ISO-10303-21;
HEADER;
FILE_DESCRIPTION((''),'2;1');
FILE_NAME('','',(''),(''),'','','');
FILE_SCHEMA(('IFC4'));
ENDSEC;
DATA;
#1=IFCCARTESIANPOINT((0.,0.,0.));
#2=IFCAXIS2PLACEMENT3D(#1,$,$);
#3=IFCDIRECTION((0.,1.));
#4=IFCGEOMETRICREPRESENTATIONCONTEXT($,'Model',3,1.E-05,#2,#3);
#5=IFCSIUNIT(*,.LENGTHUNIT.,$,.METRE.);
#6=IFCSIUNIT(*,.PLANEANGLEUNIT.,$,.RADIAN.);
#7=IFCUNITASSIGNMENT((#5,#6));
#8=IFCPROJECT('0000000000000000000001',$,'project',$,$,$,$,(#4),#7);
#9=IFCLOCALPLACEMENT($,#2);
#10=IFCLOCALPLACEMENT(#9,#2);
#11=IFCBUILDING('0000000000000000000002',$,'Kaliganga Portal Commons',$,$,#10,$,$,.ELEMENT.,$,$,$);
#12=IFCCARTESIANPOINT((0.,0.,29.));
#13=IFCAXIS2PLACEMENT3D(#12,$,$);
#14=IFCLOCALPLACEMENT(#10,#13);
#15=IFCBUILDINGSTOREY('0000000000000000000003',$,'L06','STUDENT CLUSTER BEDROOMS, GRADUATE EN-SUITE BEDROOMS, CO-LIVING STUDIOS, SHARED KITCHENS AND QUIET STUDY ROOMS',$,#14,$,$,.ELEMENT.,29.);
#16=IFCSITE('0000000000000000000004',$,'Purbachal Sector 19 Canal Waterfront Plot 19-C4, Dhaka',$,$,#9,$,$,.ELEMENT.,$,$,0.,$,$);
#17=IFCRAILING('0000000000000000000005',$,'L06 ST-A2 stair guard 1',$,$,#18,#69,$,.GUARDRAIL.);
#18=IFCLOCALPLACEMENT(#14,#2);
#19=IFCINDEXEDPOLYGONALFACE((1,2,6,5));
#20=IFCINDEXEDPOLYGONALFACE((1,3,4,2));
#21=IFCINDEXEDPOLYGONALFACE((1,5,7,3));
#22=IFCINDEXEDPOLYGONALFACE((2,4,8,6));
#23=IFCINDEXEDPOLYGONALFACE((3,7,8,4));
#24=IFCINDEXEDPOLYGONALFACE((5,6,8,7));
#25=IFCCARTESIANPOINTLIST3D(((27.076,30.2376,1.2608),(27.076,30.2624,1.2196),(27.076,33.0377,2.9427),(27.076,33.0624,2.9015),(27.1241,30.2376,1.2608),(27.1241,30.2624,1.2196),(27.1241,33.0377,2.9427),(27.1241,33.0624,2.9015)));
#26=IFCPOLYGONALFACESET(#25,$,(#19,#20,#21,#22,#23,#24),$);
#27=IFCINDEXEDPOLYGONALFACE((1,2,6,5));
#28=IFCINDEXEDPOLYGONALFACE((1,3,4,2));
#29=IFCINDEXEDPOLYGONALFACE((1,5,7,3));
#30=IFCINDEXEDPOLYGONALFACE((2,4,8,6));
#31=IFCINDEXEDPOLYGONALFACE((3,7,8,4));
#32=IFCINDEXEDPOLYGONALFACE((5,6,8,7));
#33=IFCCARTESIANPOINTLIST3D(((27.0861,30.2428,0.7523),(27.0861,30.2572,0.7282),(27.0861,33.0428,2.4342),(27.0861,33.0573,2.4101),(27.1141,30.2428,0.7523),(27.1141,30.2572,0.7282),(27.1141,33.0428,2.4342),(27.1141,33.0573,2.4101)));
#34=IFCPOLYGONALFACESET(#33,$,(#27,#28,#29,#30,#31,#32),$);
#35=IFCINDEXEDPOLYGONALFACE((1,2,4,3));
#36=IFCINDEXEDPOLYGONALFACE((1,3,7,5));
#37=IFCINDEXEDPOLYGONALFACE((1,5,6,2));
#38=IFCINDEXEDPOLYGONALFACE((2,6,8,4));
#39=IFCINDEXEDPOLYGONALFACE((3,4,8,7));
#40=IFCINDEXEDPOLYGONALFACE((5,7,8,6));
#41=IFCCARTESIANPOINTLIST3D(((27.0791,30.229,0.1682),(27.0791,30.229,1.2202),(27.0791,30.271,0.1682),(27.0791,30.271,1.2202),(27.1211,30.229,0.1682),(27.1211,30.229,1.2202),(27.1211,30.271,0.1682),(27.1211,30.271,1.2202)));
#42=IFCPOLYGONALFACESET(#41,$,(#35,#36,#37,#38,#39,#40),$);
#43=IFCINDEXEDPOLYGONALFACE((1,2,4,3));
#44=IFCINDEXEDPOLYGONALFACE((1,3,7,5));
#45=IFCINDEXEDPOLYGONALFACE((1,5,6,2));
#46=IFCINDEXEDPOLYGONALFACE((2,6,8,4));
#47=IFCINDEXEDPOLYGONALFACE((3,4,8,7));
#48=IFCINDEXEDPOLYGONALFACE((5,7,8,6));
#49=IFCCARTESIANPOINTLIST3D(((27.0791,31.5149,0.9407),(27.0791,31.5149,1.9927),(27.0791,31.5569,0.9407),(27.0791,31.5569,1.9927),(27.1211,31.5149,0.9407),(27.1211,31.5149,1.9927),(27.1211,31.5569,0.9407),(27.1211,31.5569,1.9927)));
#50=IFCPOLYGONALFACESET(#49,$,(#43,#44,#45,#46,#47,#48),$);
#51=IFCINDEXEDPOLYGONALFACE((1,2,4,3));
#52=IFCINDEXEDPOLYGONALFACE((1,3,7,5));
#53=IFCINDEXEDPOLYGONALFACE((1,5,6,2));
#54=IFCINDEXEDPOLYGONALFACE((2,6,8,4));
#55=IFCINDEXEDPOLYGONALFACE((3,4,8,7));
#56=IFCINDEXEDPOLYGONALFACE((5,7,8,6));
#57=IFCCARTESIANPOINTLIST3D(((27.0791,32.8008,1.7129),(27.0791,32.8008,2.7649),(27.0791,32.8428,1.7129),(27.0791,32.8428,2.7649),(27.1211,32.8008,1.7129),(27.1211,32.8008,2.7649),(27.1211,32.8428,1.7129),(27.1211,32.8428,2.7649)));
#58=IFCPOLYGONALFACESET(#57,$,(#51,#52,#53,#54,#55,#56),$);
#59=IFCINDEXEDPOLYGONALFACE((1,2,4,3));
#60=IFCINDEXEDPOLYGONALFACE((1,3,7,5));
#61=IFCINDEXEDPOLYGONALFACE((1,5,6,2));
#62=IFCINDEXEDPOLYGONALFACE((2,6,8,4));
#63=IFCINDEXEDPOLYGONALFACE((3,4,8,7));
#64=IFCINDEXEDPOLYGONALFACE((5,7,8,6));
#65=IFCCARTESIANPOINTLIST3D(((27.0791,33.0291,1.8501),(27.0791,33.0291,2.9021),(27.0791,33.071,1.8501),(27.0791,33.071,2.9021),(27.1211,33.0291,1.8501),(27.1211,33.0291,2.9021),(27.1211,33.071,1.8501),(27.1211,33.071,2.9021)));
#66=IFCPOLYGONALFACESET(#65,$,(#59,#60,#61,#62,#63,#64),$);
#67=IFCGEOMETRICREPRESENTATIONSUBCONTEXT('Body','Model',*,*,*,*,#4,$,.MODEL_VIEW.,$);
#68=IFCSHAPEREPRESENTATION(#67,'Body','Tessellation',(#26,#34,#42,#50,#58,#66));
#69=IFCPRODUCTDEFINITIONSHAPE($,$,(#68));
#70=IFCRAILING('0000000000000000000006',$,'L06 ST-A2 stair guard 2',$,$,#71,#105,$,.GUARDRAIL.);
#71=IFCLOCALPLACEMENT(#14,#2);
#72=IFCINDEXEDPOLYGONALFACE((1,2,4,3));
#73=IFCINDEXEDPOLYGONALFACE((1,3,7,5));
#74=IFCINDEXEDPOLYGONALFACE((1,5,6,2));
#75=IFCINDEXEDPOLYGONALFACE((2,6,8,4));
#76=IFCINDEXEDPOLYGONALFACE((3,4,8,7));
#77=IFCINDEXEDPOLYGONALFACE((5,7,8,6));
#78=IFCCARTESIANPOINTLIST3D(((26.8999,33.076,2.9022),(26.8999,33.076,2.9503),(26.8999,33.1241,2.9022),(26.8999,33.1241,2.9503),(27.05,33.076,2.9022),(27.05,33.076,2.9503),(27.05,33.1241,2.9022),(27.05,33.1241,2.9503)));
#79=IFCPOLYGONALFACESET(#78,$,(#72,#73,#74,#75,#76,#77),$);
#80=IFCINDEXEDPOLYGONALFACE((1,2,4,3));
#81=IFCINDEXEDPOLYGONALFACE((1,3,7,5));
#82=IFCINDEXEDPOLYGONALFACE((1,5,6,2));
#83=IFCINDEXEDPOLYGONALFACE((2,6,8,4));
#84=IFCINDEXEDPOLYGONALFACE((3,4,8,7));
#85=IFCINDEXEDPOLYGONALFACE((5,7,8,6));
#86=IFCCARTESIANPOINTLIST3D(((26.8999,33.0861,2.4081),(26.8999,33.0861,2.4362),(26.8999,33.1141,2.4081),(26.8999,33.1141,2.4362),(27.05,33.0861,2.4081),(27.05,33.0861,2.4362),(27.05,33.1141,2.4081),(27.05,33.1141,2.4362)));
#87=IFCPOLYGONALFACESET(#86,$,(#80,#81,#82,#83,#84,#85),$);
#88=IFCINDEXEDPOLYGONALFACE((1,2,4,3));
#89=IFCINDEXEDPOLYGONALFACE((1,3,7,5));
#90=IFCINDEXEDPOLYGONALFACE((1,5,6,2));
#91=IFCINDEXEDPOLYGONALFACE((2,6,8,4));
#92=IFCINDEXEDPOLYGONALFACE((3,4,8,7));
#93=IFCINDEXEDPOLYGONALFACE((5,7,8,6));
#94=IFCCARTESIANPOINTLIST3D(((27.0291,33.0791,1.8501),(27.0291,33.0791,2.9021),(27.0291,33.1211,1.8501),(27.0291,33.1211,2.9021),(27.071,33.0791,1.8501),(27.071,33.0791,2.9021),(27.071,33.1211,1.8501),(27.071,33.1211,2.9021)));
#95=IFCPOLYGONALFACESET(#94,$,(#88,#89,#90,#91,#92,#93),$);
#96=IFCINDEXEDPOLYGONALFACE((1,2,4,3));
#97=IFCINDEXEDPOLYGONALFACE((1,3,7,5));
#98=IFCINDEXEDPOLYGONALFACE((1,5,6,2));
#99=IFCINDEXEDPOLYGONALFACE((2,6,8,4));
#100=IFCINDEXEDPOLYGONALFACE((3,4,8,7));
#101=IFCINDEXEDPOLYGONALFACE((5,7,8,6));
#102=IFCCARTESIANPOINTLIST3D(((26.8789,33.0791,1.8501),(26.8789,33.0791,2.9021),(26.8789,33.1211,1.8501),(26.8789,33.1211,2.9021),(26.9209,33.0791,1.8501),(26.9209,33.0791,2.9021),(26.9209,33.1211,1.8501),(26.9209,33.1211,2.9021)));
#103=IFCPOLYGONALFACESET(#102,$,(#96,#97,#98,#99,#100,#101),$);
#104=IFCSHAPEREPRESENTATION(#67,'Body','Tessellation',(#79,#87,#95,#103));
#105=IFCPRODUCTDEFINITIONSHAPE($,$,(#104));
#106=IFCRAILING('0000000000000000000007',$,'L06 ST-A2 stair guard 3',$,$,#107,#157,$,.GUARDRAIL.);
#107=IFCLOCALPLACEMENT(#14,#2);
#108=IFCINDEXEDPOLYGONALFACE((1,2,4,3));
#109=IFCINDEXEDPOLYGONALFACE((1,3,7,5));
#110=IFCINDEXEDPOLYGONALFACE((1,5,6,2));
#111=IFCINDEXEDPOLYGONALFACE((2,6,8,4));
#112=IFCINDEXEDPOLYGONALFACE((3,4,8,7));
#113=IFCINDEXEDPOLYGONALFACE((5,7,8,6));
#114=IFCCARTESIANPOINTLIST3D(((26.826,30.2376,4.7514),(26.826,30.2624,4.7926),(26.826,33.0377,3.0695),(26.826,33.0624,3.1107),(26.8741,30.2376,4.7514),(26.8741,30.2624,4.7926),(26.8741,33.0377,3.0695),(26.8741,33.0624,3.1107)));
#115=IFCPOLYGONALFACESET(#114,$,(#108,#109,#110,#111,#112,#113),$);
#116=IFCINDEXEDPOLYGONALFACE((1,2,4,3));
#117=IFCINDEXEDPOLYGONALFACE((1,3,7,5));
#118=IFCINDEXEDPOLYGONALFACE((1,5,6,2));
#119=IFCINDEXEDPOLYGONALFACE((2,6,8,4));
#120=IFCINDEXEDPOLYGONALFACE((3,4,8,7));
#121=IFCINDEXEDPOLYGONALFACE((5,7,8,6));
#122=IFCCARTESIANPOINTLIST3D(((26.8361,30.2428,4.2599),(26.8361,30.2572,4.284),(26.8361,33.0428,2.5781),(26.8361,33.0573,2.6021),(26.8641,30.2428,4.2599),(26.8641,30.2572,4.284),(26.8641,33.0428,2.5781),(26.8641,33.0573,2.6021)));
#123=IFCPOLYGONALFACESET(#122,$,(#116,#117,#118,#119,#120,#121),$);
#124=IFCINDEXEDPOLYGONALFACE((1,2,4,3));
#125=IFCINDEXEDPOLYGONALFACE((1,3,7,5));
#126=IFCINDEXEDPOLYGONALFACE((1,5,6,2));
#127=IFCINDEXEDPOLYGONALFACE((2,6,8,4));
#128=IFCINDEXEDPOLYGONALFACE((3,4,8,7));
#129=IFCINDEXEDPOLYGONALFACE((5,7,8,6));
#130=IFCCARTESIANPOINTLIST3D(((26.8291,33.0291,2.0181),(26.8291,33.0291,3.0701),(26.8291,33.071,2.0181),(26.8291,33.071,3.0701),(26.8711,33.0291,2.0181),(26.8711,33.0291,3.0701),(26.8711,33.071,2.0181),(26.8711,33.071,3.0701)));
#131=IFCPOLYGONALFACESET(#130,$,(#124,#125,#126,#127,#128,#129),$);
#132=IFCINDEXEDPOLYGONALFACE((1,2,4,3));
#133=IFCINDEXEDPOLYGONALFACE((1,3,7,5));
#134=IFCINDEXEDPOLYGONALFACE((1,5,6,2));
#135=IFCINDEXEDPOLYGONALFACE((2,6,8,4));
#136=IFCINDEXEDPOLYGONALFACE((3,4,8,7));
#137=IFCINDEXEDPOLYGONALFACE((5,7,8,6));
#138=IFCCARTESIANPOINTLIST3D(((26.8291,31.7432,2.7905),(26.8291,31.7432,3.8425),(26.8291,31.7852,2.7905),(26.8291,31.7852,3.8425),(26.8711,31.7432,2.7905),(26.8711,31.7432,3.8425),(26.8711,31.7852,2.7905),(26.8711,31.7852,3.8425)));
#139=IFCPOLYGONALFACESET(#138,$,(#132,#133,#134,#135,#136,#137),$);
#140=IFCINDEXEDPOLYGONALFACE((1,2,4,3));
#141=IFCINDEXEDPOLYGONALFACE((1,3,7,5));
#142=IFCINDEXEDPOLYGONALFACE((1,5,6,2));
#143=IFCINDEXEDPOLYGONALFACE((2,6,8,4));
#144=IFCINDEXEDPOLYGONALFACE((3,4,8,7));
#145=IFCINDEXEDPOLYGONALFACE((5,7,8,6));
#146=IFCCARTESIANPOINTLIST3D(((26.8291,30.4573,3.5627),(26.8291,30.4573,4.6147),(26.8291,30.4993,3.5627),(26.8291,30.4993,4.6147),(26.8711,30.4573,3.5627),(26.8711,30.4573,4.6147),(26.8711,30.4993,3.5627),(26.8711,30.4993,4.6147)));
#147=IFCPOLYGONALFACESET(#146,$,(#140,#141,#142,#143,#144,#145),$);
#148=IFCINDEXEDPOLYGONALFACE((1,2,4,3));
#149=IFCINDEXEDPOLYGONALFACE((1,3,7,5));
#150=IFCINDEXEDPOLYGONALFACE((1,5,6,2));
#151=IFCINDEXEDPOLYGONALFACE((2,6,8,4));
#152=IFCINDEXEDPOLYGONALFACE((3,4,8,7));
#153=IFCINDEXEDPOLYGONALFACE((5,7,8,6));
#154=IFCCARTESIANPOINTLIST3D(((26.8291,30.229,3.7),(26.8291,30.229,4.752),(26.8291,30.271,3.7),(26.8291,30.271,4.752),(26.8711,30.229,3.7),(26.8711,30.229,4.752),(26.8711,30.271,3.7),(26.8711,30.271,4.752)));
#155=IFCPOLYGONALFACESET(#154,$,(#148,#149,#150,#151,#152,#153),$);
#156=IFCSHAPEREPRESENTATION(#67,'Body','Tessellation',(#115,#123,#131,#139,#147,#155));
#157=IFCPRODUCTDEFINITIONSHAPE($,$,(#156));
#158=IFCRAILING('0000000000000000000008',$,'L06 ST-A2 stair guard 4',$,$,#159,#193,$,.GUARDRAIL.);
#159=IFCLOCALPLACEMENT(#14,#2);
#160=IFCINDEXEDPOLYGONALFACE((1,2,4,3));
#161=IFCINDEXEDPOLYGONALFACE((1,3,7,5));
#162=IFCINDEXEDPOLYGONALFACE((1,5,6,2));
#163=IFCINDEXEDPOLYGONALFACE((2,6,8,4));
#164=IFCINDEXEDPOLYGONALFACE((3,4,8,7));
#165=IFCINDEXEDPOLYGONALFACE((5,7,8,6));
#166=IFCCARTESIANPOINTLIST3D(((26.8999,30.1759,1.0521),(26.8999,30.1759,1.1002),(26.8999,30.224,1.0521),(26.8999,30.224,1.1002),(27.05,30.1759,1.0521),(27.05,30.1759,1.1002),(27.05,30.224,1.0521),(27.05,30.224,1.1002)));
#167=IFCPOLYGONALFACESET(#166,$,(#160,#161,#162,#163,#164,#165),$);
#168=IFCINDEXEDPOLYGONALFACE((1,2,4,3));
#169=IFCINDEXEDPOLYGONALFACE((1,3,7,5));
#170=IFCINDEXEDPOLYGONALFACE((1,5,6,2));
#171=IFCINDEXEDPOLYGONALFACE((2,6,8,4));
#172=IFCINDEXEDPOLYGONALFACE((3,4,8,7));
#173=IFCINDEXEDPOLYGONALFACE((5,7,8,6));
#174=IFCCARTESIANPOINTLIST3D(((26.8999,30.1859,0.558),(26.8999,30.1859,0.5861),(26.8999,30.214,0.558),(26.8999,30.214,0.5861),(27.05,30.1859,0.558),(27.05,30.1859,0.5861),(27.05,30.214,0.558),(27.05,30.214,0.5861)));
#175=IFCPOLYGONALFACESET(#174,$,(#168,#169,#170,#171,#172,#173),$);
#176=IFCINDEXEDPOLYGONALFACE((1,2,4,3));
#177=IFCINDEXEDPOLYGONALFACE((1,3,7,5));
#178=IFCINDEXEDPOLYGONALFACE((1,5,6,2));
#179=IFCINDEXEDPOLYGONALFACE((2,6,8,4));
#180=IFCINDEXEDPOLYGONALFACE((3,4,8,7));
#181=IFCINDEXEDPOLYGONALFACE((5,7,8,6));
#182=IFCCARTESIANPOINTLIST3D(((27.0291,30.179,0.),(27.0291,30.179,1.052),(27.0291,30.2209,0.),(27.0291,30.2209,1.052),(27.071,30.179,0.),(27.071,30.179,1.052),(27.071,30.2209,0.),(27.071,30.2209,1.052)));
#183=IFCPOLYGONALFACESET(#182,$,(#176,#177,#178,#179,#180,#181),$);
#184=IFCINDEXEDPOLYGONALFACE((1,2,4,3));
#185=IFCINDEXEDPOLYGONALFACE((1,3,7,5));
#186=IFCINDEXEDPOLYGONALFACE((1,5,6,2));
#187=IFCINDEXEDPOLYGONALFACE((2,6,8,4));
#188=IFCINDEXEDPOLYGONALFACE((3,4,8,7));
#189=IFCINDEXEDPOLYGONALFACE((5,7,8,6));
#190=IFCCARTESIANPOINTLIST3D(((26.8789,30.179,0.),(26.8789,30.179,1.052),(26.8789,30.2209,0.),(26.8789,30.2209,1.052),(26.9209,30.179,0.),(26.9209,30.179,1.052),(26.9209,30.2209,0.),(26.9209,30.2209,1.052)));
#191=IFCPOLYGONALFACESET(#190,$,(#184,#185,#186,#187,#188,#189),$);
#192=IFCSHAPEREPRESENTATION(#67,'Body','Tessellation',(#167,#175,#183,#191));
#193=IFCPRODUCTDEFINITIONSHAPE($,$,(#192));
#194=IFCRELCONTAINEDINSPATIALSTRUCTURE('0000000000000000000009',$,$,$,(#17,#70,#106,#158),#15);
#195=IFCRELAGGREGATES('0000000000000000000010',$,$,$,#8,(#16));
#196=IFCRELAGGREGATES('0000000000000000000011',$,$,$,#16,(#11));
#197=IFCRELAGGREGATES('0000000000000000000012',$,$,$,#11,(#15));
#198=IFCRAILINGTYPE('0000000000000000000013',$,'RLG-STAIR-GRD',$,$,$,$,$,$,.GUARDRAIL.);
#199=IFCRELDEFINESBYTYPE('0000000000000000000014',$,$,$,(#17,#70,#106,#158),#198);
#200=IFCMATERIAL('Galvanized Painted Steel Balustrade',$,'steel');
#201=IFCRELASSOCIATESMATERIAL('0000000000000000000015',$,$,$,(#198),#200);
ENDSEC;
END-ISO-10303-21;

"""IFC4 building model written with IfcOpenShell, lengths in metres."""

from ifc_helpers import new_model, si_unit, direction, frame, origin, origin_2d, place, context, subcontext, project, spatial, rectangle, extrude, material, type_object, element, save


model = new_model("IFC4")

# Units and contexts
model_context = context("Model", 3, precision=1e-05, world=origin(), true_north=direction((0.0, 1.0)))
body_context = subcontext(model_context, "Body", "Model", "MODEL_VIEW")
ifc_project = project(units=[si_unit("LENGTHUNIT", "METRE"), si_unit("PLANEANGLEUNIT", "RADIAN")], contexts=[model_context])

# Site, building, storey
site_placement = place(None, origin())
site = spatial("IfcSite", under=ifc_project, at=site_placement, Name="Purbachal Sector 19 Canal Waterfront Plot 19-C4, Dhaka", CompositionType="ELEMENT", RefElevation=0.0)
building_placement = place(site_placement, origin())
building = spatial("IfcBuilding", under=site, at=building_placement, Name="Kaliganga Portal Commons", CompositionType="ELEMENT")
storey_placement = place(building_placement, frame((0.0, 0.0, 29.0)))
storey = spatial("IfcBuildingStorey", under=building, at=storey_placement, Name="L06", Description="STUDENT CLUSTER BEDROOMS, GRADUATE EN-SUITE BEDROOMS, CO-LIVING STUDIOS, SHARED KITCHENS AND QUIET STUDY ROOMS", CompositionType="ELEMENT", Elevation=29.0)

# Railings
ifc_material_1 = material(Name="Galvanized Painted Steel Balustrade", Category="steel")
railing_type_1 = type_object("IfcRailingType", Name="RLG-STAIR-GRD", PredefinedType="GUARDRAIL", material=ifc_material_1)
railing_1_placement = place(storey_placement, frame((27.1001, 30.25, 0.1682)))
element("IfcRailing", 1, at=railing_1_placement, inside=storey, type_object=railing_type_1, Name="L06 ST-A2 stair guard 1", PredefinedType="GUARDRAIL", context=body_context, shape_type="SweptSolid", body=[
    extrude(rectangle(XDim=0.0481, YDim=0.0481, at=origin_2d()), frame((0.0, 0.0, 1.072), z_axis=(0.0, 0.857242, 0.514913), x_axis=(-1.0, 0.0, 0.0)), (0.0, 0.0, 1.0), 3.2664),
    extrude(rectangle(XDim=0.0281, YDim=0.0281, at=origin_2d()), frame((0.0, 0.0, 0.572), z_axis=(0.0, 0.857242, 0.514913), x_axis=(-1.0, 0.0, 0.0)), (0.0, 0.0, 1.0), 3.2664),
    extrude(rectangle(XDim=0.042, YDim=0.042, at=origin_2d()), origin(), (0.0, 0.0, 1.0), 1.052),
    extrude(rectangle(XDim=0.042, YDim=0.042, at=origin_2d()), frame((0.0, 1.2859, 0.7725)), (0.0, 0.0, 1.0), 1.052),
    extrude(rectangle(XDim=0.042, YDim=0.042, at=origin_2d()), frame((0.0, 2.5718, 1.5447)), (0.0, 0.0, 1.0), 1.052),
    extrude(rectangle(XDim=0.042, YDim=0.042, at=origin_2d()), frame((0.0, 2.8, 1.6819)), (0.0, 0.0, 1.0), 1.052),
])
railing_2_placement = place(storey_placement, frame((27.05, 33.1001, 1.8501)))
element("IfcRailing", 2, at=railing_2_placement, inside=storey, type_object=railing_type_1, Name="L06 ST-A2 stair guard 2", PredefinedType="GUARDRAIL", context=body_context, shape_type="SweptSolid", body=[
    extrude(rectangle(XDim=0.0481, YDim=0.0481, at=origin_2d()), frame((0.0, 0.0, 1.0762), z_axis=(-1.0, 0.0, 0.0), x_axis=(0.0, -1.0, 0.0)), (0.0, 0.0, 1.0), 0.1501),
    extrude(rectangle(XDim=0.0281, YDim=0.0281, at=origin_2d()), frame((0.0, 0.0, 0.572), z_axis=(-1.0, 0.0, 0.0), x_axis=(0.0, -1.0, 0.0)), (0.0, 0.0, 1.0), 0.1501),
    extrude(rectangle(XDim=0.042, YDim=0.042, at=origin_2d()), origin(), (0.0, 0.0, 1.0), 1.052),
    extrude(rectangle(XDim=0.042, YDim=0.042, at=origin_2d()), frame((-0.1501, 0.0, 0.0)), (0.0, 0.0, 1.0), 1.052),
])
railing_3_placement = place(storey_placement, frame((26.8501, 33.05, 2.0181)))
element("IfcRailing", 3, at=railing_3_placement, inside=storey, type_object=railing_type_1, Name="L06 ST-A2 stair guard 3", PredefinedType="GUARDRAIL", context=body_context, shape_type="SweptSolid", body=[
    extrude(rectangle(XDim=0.0481, YDim=0.0481, at=origin_2d()), frame((0.0, 0.0, 1.072), z_axis=(0.0, -0.857242, 0.514913), x_axis=(1.0, 0.0, 0.0)), (0.0, 0.0, 1.0), 3.2664),
    extrude(rectangle(XDim=0.0281, YDim=0.0281, at=origin_2d()), frame((0.0, 0.0, 0.572), z_axis=(0.0, -0.857242, 0.514913), x_axis=(1.0, 0.0, 0.0)), (0.0, 0.0, 1.0), 3.2664),
    extrude(rectangle(XDim=0.042, YDim=0.042, at=origin_2d()), origin(), (0.0, 0.0, 1.0), 1.052),
    extrude(rectangle(XDim=0.042, YDim=0.042, at=origin_2d()), frame((0.0, -1.2859, 0.7725)), (0.0, 0.0, 1.0), 1.052),
    extrude(rectangle(XDim=0.042, YDim=0.042, at=origin_2d()), frame((0.0, -2.5718, 1.5447)), (0.0, 0.0, 1.0), 1.052),
    extrude(rectangle(XDim=0.042, YDim=0.042, at=origin_2d()), frame((0.0, -2.8, 1.6819)), (0.0, 0.0, 1.0), 1.052),
])
railing_4_placement = place(storey_placement, frame((27.05, 30.2, 0.0)))
element("IfcRailing", 4, at=railing_4_placement, inside=storey, type_object=railing_type_1, Name="L06 ST-A2 stair guard 4", PredefinedType="GUARDRAIL", context=body_context, shape_type="SweptSolid", body=[
    extrude(rectangle(XDim=0.0481, YDim=0.0481, at=origin_2d()), frame((0.0, 0.0, 1.0762), z_axis=(-1.0, 0.0, 0.0), x_axis=(0.0, -1.0, 0.0)), (0.0, 0.0, 1.0), 0.1501),
    extrude(rectangle(XDim=0.0281, YDim=0.0281, at=origin_2d()), frame((0.0, 0.0, 0.572), z_axis=(-1.0, 0.0, 0.0), x_axis=(0.0, -1.0, 0.0)), (0.0, 0.0, 1.0), 0.1501),
    extrude(rectangle(XDim=0.042, YDim=0.042, at=origin_2d()), origin(), (0.0, 0.0, 1.0), 1.052),
    extrude(rectangle(XDim=0.042, YDim=0.042, at=origin_2d()), frame((-0.1501, 0.0, 0.0)), (0.0, 0.0, 1.0), 1.052),
])

save(model, "model.ifc")
